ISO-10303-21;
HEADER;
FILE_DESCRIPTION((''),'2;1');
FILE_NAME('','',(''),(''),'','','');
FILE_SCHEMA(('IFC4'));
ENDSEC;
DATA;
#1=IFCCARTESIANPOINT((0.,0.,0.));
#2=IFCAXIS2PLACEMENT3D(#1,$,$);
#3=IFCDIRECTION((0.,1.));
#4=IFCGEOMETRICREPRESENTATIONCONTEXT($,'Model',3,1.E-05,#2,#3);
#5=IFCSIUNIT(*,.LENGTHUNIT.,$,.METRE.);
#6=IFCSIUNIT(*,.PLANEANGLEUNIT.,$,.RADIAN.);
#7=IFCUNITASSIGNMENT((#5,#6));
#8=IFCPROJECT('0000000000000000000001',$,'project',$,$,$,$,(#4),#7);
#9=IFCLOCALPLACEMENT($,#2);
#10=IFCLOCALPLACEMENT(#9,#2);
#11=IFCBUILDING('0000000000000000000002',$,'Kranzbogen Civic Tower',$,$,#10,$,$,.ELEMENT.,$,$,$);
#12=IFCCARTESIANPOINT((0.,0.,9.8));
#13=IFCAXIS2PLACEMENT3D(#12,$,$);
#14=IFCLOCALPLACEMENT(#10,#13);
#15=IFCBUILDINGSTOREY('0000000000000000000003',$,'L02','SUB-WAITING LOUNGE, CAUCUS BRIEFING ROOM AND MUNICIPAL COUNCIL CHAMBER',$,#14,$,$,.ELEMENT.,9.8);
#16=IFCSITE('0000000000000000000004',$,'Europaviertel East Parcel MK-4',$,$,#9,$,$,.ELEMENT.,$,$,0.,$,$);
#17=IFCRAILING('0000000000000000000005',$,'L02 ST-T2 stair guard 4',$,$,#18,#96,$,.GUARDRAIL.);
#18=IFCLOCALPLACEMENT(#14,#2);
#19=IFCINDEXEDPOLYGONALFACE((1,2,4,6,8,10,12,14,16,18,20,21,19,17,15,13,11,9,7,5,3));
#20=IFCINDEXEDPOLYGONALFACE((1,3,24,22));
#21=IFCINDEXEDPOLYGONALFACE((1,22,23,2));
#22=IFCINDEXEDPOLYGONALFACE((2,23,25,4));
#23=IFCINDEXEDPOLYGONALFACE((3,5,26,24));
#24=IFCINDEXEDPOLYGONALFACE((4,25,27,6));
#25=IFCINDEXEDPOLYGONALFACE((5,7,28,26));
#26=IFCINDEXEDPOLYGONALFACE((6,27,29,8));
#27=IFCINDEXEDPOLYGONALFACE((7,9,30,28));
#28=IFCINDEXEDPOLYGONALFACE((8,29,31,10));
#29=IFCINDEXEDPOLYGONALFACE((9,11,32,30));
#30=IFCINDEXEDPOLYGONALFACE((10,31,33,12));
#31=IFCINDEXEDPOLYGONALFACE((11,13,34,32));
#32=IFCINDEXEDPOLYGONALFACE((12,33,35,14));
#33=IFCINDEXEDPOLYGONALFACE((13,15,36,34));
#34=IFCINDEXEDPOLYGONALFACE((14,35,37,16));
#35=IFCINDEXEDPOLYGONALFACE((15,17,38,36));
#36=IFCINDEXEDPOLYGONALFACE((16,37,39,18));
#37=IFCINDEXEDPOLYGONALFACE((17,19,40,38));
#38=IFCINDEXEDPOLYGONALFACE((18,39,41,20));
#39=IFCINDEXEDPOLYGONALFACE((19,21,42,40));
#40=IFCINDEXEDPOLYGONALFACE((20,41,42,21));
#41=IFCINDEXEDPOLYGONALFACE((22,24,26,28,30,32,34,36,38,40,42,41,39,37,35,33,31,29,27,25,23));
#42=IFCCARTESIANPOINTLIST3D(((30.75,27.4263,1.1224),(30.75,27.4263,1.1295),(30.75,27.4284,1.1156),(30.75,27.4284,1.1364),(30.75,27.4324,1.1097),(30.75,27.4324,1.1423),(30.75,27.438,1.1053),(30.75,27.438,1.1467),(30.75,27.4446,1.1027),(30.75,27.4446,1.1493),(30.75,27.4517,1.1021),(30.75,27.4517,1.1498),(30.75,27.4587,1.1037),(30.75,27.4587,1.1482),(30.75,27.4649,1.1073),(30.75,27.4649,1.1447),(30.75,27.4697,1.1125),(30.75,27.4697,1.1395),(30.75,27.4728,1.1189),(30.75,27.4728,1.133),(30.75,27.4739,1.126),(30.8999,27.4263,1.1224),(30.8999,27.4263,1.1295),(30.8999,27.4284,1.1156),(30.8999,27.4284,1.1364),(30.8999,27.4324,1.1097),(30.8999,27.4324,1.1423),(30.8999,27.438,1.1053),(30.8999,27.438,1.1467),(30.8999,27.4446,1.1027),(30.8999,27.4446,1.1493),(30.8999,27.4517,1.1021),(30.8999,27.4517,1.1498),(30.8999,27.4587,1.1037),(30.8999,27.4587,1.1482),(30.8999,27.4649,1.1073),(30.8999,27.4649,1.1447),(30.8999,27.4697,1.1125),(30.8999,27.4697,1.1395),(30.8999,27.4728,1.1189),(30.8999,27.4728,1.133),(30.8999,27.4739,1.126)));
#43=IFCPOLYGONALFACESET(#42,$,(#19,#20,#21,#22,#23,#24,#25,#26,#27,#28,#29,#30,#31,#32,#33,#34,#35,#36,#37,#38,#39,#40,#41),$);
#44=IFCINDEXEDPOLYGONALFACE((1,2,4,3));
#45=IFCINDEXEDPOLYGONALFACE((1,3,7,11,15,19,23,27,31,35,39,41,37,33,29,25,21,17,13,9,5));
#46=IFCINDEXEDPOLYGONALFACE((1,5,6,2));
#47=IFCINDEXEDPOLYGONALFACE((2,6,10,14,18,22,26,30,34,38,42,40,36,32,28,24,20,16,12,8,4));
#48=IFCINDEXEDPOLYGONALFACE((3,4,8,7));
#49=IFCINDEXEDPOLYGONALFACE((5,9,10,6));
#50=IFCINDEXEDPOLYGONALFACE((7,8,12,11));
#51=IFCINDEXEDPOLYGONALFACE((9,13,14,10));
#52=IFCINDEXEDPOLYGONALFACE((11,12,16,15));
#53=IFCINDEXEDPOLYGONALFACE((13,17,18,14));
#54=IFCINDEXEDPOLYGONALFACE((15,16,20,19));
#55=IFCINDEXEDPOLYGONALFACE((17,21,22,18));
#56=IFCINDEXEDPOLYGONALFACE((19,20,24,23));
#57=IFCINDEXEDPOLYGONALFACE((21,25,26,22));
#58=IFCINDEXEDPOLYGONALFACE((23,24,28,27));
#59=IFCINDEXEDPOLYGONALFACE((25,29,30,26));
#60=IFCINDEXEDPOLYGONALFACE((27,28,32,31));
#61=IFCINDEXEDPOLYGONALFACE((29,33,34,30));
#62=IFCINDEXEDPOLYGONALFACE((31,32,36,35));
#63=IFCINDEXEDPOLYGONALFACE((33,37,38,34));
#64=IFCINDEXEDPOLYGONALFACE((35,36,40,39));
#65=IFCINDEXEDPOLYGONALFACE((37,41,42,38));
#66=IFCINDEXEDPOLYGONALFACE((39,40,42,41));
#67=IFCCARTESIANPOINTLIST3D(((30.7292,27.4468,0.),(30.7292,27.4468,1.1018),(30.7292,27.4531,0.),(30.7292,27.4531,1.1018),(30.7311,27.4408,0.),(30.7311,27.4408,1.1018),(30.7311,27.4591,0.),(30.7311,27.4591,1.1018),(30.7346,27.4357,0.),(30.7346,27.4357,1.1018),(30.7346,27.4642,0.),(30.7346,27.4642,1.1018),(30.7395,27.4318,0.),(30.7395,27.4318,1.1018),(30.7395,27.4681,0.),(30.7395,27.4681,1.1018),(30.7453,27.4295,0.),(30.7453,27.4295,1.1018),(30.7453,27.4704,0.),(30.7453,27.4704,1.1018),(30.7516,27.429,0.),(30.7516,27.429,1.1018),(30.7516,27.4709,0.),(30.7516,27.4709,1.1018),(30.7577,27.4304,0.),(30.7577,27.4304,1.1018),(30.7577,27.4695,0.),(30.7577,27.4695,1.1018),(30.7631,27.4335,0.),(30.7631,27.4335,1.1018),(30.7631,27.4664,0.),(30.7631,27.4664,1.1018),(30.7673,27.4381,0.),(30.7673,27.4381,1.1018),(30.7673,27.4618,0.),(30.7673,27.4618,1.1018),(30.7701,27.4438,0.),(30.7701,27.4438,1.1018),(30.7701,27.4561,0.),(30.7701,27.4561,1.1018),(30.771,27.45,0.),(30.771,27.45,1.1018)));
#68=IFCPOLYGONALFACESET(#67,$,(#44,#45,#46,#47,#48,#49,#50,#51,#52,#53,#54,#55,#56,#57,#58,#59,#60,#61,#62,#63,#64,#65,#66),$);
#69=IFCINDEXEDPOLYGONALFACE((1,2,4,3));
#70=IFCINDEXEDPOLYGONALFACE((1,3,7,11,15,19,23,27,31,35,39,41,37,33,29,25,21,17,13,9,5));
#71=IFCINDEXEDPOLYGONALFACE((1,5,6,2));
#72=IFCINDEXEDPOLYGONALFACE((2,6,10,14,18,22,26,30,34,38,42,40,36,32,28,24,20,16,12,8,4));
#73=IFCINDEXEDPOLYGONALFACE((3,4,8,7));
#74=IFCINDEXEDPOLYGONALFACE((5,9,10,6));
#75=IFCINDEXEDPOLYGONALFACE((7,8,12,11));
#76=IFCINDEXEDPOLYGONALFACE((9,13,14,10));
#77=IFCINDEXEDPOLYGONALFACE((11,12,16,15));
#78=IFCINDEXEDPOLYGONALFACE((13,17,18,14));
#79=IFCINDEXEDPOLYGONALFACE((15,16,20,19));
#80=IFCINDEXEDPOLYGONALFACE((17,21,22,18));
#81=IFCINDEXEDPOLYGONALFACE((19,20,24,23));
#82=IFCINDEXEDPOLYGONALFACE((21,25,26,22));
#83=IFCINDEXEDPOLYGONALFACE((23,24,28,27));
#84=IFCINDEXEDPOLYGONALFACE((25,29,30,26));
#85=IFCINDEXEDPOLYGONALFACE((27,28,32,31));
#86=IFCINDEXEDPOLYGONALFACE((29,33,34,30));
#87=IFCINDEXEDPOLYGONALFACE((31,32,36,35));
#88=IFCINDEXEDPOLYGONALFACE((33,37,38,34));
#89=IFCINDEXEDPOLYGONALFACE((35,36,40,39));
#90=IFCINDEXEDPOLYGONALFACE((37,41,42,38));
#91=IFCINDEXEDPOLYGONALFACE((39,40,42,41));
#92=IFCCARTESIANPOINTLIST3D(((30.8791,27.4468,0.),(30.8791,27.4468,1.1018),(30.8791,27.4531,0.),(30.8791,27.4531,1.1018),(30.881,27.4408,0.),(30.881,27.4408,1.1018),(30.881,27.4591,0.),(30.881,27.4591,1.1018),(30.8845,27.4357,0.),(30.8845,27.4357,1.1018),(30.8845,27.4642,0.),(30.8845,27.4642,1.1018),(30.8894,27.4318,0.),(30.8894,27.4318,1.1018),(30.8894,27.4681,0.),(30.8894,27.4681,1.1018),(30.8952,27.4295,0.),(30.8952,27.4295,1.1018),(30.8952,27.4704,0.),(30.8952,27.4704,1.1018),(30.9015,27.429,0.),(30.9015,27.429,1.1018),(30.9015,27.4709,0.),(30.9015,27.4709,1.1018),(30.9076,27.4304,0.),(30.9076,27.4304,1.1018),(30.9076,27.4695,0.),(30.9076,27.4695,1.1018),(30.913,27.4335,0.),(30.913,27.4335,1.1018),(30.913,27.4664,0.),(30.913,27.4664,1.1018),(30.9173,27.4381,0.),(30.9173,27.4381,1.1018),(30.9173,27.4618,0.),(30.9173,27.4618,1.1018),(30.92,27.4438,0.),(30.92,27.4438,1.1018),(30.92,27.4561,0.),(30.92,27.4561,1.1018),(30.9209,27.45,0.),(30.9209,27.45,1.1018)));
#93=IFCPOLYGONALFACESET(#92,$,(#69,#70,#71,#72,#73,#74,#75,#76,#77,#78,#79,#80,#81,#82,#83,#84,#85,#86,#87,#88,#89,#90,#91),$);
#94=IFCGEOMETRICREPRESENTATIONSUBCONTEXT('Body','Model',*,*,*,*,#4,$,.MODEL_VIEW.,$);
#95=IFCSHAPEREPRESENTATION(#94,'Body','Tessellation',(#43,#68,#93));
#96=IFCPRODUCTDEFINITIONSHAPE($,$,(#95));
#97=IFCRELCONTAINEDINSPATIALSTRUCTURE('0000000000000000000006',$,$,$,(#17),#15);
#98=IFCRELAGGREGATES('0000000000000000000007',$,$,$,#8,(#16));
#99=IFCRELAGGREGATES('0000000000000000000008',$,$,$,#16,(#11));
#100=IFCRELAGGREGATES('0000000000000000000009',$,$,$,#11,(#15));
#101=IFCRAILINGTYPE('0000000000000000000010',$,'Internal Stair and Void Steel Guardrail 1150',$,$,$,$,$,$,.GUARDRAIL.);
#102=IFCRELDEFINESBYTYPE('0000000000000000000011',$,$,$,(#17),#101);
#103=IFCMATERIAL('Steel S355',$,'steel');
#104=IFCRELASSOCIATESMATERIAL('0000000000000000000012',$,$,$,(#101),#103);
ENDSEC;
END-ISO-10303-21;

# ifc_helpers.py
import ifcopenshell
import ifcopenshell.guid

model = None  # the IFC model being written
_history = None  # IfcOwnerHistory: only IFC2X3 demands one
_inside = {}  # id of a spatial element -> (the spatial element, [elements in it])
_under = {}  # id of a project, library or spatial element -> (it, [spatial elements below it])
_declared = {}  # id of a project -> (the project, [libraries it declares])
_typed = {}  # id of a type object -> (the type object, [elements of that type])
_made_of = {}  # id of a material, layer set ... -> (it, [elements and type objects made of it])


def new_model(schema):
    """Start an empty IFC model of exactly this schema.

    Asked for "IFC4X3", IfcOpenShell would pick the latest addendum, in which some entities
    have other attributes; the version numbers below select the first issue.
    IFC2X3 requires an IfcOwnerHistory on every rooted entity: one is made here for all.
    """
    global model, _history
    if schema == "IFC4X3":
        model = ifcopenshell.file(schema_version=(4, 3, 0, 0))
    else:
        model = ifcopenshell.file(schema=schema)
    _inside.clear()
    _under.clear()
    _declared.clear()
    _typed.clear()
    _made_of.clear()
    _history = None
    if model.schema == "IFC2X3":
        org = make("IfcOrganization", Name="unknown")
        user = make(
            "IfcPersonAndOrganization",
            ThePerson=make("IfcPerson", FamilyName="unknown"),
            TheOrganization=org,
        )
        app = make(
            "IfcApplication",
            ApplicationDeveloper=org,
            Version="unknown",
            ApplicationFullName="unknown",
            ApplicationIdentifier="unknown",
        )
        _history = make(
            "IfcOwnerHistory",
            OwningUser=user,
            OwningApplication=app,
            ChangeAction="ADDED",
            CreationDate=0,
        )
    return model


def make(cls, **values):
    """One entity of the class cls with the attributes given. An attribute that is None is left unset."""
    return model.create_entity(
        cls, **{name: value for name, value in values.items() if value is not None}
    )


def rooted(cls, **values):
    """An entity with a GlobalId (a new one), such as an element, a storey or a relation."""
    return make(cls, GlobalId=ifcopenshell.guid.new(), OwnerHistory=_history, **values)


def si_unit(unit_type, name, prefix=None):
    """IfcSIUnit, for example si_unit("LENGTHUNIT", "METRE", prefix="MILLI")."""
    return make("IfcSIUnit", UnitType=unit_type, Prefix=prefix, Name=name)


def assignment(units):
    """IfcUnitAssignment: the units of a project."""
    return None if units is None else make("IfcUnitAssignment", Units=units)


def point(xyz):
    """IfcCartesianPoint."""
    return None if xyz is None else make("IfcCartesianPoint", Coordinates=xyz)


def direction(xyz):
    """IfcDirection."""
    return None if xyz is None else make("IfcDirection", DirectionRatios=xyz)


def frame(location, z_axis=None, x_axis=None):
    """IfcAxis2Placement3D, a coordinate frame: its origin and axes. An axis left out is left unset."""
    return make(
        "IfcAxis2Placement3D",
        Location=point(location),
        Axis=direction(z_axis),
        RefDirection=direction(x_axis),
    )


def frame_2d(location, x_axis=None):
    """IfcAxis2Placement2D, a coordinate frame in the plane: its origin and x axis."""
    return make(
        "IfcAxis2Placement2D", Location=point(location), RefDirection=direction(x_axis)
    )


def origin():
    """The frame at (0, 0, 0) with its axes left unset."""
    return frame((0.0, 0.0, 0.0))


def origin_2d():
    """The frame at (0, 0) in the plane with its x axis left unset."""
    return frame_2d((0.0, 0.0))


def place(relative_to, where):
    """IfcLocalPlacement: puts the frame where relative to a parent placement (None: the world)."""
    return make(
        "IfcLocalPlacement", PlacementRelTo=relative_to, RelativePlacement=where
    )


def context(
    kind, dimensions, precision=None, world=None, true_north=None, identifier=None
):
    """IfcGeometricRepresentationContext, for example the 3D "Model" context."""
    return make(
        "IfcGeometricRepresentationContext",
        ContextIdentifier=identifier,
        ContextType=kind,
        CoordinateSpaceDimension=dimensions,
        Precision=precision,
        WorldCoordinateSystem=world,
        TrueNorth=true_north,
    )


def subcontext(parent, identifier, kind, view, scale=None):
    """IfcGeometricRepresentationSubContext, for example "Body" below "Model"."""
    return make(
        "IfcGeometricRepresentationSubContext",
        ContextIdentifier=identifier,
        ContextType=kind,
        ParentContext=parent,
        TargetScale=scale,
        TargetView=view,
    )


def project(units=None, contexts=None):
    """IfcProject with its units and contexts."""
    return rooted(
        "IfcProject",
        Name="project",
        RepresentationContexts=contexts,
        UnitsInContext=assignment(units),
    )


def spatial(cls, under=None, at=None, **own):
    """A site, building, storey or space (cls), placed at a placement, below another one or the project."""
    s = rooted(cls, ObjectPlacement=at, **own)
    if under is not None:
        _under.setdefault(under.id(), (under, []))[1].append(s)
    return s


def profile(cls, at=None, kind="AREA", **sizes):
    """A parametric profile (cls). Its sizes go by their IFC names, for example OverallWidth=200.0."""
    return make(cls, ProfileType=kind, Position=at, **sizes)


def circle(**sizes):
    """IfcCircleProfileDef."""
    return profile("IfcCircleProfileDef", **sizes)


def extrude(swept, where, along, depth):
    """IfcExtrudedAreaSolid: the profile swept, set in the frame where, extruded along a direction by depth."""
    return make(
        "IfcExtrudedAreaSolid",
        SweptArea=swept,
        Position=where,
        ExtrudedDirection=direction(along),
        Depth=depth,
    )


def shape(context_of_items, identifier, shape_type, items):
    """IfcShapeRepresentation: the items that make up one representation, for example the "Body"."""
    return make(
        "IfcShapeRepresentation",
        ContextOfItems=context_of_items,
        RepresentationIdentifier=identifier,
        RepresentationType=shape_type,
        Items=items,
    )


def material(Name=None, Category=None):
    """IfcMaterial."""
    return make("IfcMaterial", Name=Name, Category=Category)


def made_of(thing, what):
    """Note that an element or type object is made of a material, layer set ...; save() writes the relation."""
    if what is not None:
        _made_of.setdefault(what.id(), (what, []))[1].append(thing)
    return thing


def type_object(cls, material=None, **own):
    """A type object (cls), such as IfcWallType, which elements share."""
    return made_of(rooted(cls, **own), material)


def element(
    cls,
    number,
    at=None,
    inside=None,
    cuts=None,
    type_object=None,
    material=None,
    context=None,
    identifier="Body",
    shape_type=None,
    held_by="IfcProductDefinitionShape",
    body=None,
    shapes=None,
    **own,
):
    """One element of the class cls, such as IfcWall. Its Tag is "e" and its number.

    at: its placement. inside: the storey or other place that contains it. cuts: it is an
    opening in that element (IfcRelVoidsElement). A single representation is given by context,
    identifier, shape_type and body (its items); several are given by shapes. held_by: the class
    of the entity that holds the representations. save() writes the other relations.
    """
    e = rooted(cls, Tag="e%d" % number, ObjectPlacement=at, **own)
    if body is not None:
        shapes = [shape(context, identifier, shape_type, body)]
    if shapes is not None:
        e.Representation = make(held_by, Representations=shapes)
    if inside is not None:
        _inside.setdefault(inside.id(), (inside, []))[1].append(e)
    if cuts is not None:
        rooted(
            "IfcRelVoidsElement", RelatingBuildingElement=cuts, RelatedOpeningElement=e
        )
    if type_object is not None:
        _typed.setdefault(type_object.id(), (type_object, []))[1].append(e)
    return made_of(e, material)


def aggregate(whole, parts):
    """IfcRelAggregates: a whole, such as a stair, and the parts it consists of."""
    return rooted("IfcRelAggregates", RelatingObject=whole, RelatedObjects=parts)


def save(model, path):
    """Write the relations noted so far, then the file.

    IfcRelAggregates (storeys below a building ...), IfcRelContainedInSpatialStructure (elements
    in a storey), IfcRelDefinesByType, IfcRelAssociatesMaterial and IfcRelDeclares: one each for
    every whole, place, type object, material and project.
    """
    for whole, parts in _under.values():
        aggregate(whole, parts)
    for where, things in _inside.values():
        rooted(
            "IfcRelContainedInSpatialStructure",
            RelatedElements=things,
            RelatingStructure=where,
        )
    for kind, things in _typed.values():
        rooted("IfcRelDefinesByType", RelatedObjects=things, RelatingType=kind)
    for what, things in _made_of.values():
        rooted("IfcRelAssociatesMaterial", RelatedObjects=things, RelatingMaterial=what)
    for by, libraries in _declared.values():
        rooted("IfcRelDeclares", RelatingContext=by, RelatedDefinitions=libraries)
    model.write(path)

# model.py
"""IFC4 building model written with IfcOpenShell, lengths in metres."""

from ifc_helpers import new_model, si_unit, direction, frame, origin, origin_2d, place, context, subcontext, project, spatial, circle, extrude, material, type_object, element, save


model = new_model("IFC4")

# Units and contexts
model_context = context("Model", 3, precision=1e-05, world=origin(), true_north=direction((0.0, 1.0)))
body_context = subcontext(model_context, "Body", "Model", "MODEL_VIEW")
ifc_project = project(units=[si_unit("LENGTHUNIT", "METRE"), si_unit("PLANEANGLEUNIT", "RADIAN")], contexts=[model_context])

# Site, building, storey
site_placement = place(None, origin())
site = spatial("IfcSite", under=ifc_project, at=site_placement, Name="Europaviertel East Parcel MK-4", CompositionType="ELEMENT", RefElevation=0.0)
building_placement = place(site_placement, origin())
building = spatial("IfcBuilding", under=site, at=building_placement, Name="Kranzbogen Civic Tower", CompositionType="ELEMENT")
storey_placement = place(building_placement, frame((0.0, 0.0, 9.8)))
storey = spatial("IfcBuildingStorey", under=building, at=storey_placement, Name="L02", Description="SUB-WAITING LOUNGE, CAUCUS BRIEFING ROOM AND MUNICIPAL COUNCIL CHAMBER", CompositionType="ELEMENT", Elevation=9.8)

# Shared definitions
ifc_material_1 = material(Name="Steel S355", Category="steel")

# Railing
railing_type_1 = type_object("IfcRailingType", Name="Internal Stair and Void Steel Guardrail 1150", PredefinedType="GUARDRAIL", material=ifc_material_1)
railing_1_placement = place(storey_placement, frame((30.75, 27.45, 0.0)))
element("IfcRailing", 1, at=railing_1_placement, inside=storey, type_object=railing_type_1, Name="L02 ST-T2 stair guard 4", PredefinedType="GUARDRAIL", context=body_context, shape_type="SweptSolid", body=[
    extrude(circle(Radius=0.0239, at=origin_2d()), frame((0.0, 0.0, 1.126), z_axis=(1.0, 0.0, 0.0), x_axis=(0.0, 1.0, 0.0)), (0.0, 0.0, 1.0), 0.1499),
    extrude(circle(Radius=0.021, at=origin_2d()), origin(), (0.0, 0.0, 1.0), 1.1018),
    extrude(circle(Radius=0.021, at=origin_2d()), frame((0.1499, 0.0, 0.0)), (0.0, 0.0, 1.0), 1.1018),
])

save(model, "model.ifc")
